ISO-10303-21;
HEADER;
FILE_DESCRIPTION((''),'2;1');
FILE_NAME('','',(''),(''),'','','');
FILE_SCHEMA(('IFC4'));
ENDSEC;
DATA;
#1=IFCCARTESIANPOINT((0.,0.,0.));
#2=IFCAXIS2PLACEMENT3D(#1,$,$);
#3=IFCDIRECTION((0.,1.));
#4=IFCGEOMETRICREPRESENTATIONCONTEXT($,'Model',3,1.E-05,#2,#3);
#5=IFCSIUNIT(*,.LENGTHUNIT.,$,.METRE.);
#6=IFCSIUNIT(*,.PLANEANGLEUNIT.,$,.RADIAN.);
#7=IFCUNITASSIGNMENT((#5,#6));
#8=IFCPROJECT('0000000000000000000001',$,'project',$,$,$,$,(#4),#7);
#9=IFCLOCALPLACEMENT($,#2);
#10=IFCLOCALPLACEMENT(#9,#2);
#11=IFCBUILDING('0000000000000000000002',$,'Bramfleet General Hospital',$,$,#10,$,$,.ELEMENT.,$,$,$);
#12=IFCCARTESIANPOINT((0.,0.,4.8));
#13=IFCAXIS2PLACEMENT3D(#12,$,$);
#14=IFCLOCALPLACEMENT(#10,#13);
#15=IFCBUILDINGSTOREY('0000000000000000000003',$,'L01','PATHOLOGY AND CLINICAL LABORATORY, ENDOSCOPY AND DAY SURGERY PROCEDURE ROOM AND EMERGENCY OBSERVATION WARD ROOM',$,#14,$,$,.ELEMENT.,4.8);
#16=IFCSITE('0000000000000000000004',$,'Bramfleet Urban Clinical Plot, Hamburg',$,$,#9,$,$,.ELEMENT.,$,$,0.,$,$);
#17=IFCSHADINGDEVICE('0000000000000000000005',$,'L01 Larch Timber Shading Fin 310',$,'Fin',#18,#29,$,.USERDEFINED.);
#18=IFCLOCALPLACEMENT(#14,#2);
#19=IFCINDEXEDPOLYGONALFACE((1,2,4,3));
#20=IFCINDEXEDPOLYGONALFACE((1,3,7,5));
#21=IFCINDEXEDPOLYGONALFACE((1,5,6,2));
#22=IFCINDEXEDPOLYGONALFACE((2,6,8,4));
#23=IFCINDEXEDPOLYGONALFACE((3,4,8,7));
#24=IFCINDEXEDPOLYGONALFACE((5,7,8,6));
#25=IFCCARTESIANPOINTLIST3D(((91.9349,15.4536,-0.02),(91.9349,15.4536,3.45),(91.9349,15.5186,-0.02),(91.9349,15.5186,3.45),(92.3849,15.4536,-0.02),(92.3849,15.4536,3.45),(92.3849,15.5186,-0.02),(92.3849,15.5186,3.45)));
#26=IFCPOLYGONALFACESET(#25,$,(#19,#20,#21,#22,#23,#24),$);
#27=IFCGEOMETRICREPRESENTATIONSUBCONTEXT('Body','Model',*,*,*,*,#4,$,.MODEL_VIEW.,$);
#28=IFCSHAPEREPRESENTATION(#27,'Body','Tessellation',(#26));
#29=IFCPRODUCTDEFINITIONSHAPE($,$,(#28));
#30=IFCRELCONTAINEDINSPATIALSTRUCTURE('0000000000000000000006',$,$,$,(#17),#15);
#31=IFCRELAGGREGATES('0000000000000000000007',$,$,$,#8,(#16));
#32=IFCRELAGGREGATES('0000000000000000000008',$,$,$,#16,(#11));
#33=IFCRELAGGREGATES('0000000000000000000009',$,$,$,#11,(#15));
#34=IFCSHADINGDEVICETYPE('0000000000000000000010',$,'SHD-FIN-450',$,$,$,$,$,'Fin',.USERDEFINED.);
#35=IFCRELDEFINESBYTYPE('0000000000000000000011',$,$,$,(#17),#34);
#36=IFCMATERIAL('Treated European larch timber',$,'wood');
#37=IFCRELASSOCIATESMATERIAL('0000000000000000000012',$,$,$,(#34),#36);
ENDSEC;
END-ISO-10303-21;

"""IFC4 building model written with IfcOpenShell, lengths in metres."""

from ifc_helpers import new_model, si_unit, direction, frame, origin, origin_2d, place, context, subcontext, project, spatial, rectangle, extrude, material, material_profile, profile_set, type_object, element, save


model = new_model("IFC4")

# Units and contexts
model_context = context("Model", 3, precision=1e-05, world=origin(), true_north=direction((0.0, 1.0)))
body_context = subcontext(model_context, "Body", "Model", "MODEL_VIEW")
ifc_project = project(units=[si_unit("LENGTHUNIT", "METRE"), si_unit("PLANEANGLEUNIT", "RADIAN")], contexts=[model_context])

# Site, building, storey
site_placement = place(None, origin())
site = spatial("IfcSite", under=ifc_project, at=site_placement, Name="Bramfleet Urban Clinical Plot, Hamburg", CompositionType="ELEMENT", RefElevation=0.0)
building_placement = place(site_placement, origin())
building = spatial("IfcBuilding", under=site, at=building_placement, Name="Bramfleet General Hospital", CompositionType="ELEMENT")
storey_placement = place(building_placement, frame((0.0, 0.0, 4.8)))
storey = spatial("IfcBuildingStorey", under=building, at=storey_placement, Name="L01", Description="PATHOLOGY AND CLINICAL LABORATORY, ENDOSCOPY AND DAY SURGERY PROCEDURE ROOM AND EMERGENCY OBSERVATION WARD ROOM", CompositionType="ELEMENT", Elevation=4.8)

# Shading device
ifc_material_1 = material(Name="Treated European larch timber", Category="wood")
ifc_material_profile_1 = material_profile(ifc_material_1, rectangle(XDim=0.0649, YDim=0.45, at=origin_2d()), Name="LARCH FIN 450x65")
ifc_profile_set_1 = profile_set([ifc_material_profile_1], Name="Treated European larch timber")
shading_device_type = type_object("IfcShadingDeviceType", Name="SHD-FIN-450", ElementType="Fin", PredefinedType="USERDEFINED", material=ifc_profile_set_1)
for number, where, z_axis, x_axis, name in (
    (1, (92.1599, 15.4861, -0.02), (0.0, 0.0, 1.0), (0.0, 1.0, 0.0), "L01 Larch Timber Shading Fin 310"),
):
    element("IfcShadingDevice", number, at=place(storey_placement, frame(where, z_axis=z_axis, x_axis=x_axis)), inside=storey, type_object=shading_device_type, Name=name, ObjectType="Fin", PredefinedType="USERDEFINED", context=body_context, shape_type="SweptSolid", body=[
        extrude(rectangle(XDim=0.0649, YDim=0.45, at=origin_2d()), origin(), (0.0, 0.0, 1.0), 3.47),
    ])

save(model, "model.ifc")
